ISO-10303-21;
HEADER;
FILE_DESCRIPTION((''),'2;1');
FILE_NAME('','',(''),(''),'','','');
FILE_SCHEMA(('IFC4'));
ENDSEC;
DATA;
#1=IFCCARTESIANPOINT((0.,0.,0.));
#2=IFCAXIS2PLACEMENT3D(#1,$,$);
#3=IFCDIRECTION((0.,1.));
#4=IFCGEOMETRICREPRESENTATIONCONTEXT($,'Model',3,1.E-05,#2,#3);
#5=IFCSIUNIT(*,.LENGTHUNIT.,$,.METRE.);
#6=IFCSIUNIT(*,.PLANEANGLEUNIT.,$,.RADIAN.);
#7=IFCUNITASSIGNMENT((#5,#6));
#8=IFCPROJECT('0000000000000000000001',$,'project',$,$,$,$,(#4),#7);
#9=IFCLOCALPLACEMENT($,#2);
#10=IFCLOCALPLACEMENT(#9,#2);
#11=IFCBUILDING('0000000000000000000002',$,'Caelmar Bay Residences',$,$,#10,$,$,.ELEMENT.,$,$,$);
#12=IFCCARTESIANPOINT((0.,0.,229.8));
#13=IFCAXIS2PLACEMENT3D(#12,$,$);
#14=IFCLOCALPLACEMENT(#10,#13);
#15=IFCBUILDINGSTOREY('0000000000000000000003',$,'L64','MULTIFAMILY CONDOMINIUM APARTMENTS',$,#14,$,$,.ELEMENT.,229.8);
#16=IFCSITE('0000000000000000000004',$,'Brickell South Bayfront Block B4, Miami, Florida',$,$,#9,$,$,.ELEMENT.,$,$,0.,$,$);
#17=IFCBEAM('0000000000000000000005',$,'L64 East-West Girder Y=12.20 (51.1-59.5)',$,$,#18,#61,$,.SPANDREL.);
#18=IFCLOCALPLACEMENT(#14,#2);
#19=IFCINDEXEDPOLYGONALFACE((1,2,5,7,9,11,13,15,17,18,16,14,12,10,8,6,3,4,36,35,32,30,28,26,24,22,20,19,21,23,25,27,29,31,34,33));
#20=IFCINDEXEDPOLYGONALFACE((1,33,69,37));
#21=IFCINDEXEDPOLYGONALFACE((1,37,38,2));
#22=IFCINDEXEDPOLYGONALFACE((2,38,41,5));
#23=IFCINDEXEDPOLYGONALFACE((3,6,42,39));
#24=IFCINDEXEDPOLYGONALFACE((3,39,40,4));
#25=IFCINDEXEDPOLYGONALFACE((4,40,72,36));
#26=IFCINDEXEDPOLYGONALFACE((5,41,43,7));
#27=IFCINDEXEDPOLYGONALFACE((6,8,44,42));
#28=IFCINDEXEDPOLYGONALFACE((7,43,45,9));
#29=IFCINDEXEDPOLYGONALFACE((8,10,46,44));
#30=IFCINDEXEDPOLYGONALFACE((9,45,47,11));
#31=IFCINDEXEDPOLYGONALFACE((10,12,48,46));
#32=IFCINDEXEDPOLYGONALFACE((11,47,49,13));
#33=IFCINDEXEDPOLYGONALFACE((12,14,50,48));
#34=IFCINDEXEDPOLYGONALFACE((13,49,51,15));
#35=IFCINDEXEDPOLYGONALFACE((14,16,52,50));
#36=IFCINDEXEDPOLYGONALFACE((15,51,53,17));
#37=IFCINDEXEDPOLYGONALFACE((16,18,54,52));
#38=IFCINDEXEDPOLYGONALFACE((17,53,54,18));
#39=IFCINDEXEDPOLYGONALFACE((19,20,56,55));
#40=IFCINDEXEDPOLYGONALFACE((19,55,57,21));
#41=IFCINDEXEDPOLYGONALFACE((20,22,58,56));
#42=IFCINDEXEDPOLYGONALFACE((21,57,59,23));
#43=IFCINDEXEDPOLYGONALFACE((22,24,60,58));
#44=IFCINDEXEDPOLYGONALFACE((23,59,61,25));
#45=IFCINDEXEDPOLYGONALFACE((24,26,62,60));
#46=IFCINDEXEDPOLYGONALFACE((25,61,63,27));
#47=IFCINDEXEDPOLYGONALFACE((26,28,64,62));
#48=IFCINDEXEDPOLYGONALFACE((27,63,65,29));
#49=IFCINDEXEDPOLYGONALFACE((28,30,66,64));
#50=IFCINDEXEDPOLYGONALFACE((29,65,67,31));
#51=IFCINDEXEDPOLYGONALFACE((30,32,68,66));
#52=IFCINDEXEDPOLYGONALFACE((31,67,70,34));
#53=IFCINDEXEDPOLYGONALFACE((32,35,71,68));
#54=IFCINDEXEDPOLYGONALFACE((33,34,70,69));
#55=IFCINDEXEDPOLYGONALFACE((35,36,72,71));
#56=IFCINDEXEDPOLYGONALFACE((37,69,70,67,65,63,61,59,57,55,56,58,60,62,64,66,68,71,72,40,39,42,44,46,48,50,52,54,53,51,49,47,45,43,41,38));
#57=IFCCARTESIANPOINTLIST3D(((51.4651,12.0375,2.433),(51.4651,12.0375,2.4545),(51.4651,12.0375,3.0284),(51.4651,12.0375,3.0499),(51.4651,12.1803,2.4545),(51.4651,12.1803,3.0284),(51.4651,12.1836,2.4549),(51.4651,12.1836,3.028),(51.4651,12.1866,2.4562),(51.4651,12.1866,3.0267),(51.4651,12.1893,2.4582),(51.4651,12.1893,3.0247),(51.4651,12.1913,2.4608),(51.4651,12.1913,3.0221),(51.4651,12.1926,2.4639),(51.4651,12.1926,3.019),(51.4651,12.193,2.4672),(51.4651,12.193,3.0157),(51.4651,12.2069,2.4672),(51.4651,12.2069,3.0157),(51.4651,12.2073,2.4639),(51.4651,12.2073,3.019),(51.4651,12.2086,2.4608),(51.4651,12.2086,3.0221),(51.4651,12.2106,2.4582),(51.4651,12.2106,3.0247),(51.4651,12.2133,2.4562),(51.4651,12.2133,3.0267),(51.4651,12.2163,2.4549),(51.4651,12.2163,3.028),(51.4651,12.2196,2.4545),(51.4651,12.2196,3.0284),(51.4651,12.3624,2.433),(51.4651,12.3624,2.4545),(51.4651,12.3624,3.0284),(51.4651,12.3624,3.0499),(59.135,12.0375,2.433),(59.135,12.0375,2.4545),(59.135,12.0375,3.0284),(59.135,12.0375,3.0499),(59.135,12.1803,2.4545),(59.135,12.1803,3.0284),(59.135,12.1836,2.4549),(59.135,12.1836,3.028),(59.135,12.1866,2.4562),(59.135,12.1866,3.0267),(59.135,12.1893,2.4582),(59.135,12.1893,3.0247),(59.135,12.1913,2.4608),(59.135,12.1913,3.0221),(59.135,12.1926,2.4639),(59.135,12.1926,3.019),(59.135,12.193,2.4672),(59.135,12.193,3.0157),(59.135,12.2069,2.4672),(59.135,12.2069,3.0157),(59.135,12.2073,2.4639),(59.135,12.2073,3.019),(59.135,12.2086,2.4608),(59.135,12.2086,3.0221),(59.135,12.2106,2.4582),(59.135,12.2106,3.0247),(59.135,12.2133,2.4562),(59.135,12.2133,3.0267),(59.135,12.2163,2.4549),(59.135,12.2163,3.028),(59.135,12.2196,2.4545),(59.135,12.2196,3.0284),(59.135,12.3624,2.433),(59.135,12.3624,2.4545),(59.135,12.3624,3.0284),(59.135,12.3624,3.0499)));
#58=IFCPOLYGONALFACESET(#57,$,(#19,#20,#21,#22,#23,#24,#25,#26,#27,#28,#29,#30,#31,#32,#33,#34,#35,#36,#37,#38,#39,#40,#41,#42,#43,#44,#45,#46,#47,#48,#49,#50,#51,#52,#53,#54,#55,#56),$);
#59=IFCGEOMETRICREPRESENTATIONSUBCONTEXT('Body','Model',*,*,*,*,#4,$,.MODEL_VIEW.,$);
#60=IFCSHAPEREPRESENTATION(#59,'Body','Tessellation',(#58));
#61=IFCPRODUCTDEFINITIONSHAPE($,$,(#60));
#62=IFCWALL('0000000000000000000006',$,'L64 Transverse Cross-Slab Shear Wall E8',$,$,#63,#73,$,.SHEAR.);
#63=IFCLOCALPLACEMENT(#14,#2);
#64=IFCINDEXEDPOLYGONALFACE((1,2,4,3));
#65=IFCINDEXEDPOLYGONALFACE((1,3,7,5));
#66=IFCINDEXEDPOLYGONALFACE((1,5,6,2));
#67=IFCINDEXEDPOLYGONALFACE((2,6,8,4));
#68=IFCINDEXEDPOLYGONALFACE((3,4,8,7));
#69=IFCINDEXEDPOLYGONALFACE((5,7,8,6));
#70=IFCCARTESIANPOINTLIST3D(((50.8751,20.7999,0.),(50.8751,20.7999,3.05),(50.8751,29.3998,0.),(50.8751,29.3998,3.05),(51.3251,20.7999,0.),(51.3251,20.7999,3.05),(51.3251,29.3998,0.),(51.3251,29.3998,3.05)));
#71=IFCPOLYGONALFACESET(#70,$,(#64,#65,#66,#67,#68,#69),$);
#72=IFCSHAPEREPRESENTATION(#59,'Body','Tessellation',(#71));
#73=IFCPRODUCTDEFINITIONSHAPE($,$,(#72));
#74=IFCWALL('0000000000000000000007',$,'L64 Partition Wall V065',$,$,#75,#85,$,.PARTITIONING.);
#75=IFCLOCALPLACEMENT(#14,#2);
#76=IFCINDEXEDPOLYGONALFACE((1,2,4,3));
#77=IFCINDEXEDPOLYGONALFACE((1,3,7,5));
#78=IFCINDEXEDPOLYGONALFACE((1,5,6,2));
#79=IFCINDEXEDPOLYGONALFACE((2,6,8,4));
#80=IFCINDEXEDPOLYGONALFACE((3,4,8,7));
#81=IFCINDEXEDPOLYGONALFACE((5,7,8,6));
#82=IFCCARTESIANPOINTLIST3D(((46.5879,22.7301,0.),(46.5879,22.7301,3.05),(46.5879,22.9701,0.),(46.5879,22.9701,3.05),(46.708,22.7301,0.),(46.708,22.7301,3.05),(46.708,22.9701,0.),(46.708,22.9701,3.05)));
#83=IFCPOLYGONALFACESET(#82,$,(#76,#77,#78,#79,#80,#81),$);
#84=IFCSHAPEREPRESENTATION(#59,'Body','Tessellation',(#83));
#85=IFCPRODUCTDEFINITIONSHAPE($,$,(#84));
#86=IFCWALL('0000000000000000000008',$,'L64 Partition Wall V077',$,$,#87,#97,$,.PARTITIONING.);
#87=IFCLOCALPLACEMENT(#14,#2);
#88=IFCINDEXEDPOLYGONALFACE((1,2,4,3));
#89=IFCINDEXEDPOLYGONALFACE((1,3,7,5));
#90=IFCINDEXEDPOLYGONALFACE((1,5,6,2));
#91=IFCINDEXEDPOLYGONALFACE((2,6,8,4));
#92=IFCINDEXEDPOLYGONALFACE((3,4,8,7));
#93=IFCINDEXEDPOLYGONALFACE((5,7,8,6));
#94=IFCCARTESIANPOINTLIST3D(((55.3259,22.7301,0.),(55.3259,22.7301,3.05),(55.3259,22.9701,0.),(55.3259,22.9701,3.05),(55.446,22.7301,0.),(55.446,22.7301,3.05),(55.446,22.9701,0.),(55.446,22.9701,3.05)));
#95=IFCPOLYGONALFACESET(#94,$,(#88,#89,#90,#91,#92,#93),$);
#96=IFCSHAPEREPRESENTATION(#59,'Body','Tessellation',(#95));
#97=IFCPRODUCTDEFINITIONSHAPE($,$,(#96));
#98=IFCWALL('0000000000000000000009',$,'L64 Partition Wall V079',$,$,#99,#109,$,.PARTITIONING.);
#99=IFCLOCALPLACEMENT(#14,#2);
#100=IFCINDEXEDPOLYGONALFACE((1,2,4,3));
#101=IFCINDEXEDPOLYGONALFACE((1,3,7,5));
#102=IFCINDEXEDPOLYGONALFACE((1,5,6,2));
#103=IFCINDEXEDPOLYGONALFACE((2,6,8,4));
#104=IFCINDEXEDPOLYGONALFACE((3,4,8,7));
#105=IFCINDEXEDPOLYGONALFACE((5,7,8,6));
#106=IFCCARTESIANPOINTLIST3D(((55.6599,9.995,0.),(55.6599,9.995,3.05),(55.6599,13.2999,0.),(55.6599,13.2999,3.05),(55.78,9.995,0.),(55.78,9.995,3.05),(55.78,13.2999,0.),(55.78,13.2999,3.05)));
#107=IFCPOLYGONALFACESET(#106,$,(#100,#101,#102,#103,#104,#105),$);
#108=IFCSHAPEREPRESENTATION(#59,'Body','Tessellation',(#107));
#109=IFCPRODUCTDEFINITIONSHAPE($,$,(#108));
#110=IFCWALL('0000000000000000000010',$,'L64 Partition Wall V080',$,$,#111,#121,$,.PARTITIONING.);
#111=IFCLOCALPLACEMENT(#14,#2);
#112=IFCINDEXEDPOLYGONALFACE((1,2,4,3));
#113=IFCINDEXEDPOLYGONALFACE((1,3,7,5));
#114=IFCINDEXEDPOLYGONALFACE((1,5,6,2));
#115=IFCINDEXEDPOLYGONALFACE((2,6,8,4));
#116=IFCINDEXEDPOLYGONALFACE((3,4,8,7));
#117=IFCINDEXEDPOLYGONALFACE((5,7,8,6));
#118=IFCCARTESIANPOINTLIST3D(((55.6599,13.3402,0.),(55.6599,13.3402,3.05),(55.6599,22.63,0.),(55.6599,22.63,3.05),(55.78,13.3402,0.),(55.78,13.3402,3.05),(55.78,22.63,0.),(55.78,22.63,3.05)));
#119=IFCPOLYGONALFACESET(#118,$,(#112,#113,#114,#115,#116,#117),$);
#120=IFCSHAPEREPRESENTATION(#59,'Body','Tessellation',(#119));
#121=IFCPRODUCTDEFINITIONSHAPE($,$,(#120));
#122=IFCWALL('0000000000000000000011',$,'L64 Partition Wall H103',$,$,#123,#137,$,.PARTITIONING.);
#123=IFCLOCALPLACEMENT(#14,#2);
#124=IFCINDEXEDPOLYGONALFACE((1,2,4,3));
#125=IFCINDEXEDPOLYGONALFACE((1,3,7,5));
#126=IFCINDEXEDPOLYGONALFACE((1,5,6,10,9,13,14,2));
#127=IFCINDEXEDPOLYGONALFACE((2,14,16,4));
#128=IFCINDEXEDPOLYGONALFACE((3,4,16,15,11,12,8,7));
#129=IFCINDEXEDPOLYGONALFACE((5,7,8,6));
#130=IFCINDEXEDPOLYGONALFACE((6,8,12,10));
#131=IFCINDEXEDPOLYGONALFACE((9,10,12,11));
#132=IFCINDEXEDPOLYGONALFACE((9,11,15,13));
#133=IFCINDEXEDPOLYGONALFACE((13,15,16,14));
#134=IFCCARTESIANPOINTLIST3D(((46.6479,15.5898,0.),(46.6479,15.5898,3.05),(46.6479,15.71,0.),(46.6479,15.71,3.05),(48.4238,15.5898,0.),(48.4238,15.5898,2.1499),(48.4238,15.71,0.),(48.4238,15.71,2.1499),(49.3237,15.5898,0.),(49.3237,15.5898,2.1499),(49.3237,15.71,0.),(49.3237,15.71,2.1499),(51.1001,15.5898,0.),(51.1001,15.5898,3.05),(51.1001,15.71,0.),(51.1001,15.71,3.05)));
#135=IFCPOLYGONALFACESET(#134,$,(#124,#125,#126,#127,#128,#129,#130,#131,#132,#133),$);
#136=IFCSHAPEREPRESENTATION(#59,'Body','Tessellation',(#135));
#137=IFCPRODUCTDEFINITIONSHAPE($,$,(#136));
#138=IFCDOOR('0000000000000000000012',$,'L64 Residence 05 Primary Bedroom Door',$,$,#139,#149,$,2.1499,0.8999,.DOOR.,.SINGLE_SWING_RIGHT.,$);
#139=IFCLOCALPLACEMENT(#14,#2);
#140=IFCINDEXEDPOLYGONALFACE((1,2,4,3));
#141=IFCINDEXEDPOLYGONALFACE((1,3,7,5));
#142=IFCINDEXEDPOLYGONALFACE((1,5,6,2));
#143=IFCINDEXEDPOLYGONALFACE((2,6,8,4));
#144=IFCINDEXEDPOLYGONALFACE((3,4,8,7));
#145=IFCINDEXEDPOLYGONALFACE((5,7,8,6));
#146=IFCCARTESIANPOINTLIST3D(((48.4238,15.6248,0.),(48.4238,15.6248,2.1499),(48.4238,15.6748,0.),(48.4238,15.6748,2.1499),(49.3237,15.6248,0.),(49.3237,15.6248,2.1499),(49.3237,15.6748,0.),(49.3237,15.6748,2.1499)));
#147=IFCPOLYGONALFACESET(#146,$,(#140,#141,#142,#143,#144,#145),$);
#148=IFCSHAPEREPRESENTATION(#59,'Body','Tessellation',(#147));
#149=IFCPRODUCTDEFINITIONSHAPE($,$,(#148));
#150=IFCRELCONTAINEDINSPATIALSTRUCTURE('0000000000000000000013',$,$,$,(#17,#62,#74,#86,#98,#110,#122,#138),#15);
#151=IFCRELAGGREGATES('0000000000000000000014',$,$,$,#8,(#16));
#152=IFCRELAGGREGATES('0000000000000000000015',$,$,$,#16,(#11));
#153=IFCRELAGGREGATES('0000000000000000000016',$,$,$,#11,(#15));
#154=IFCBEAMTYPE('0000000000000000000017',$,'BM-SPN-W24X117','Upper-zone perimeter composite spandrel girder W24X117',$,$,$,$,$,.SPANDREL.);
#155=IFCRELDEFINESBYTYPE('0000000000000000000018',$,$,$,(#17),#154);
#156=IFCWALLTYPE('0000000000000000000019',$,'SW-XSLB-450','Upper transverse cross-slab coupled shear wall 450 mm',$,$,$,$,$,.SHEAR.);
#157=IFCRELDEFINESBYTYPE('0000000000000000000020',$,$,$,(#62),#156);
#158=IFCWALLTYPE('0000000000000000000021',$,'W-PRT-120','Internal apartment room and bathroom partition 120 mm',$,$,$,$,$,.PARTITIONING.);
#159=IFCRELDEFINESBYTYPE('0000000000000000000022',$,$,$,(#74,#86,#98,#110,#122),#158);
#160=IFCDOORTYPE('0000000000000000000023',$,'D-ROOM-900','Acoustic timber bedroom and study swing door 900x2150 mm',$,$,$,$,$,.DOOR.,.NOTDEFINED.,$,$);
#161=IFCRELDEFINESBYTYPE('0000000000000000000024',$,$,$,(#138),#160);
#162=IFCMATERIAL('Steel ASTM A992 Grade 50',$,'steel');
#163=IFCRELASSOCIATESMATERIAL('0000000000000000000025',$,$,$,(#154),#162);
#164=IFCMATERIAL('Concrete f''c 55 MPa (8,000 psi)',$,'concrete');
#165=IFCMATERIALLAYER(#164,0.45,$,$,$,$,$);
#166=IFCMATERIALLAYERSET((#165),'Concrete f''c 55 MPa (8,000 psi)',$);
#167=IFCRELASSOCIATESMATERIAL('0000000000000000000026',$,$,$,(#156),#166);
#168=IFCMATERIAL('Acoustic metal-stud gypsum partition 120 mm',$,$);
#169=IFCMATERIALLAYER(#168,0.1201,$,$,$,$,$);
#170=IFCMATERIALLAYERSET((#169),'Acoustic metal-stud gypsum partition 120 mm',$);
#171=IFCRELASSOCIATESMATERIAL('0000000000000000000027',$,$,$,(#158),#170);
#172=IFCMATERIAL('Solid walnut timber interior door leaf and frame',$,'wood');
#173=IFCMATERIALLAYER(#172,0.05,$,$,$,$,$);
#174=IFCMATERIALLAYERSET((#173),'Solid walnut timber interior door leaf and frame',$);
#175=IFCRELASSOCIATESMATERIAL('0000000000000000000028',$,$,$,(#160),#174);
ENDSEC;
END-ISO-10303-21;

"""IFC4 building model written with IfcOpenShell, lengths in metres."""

from ifc_helpers import new_model, si_unit, direction, frame, frame_2d, origin, origin_2d, place, context, subcontext, project, spatial, rectangle, i_section, extrude, material, layer, layer_set, material_profile, profile_set, type_object, element, fill, save


model = new_model("IFC4")

# Units and contexts
model_context = context("Model", 3, precision=1e-05, world=origin(), true_north=direction((0.0, 1.0)))
body_context = subcontext(model_context, "Body", "Model", "MODEL_VIEW")
ifc_project = project(units=[si_unit("LENGTHUNIT", "METRE"), si_unit("PLANEANGLEUNIT", "RADIAN")], contexts=[model_context])

# Site, building, storey
site_placement = place(None, origin())
site = spatial("IfcSite", under=ifc_project, at=site_placement, Name="Brickell South Bayfront Block B4, Miami, Florida", CompositionType="ELEMENT", RefElevation=0.0)
building_placement = place(site_placement, origin())
building = spatial("IfcBuilding", under=site, at=building_placement, Name="Caelmar Bay Residences", CompositionType="ELEMENT")
storey_placement = place(building_placement, frame((0.0, 0.0, 229.8)))
storey = spatial("IfcBuildingStorey", under=building, at=storey_placement, Name="L64", Description="MULTIFAMILY CONDOMINIUM APARTMENTS", CompositionType="ELEMENT", Elevation=229.8)

# Shared definitions
ifc_material_1 = material(Name="Concrete f'c 55 MPa (8,000 psi)", Category="concrete")

# Beam
ifc_material_2 = material(Name="Steel ASTM A992 Grade 50", Category="steel")
ifc_material_profile_1 = material_profile(ifc_material_2, i_section(OverallWidth=0.325, OverallDepth=0.6169, WebThickness=0.0139, FlangeThickness=0.0215, FilletRadius=0.0127, at=origin_2d()), Name="W24X117")
ifc_profile_set_1 = profile_set([ifc_material_profile_1], Name="Steel ASTM A992 Grade 50")
beam_type_1 = type_object("IfcBeamType", Name="BM-SPN-W24X117", Description="Upper-zone perimeter composite spandrel girder W24X117", PredefinedType="SPANDREL", material=ifc_profile_set_1)
beam_1_placement = place(storey_placement, frame((51.4651, 12.2, 2.7415), z_axis=(1.0, 0.0, 0.0), x_axis=(0.0, 1.0, 0.0)))
element("IfcBeam", 1, at=beam_1_placement, inside=storey, type_object=beam_type_1, Name="L64 East-West Girder Y=12.20 (51.1-59.5)", PredefinedType="SPANDREL", context=body_context, shape_type="SweptSolid", body=[
    extrude(i_section(OverallWidth=0.325, OverallDepth=0.6169, WebThickness=0.0139, FlangeThickness=0.0215, FilletRadius=0.0127, at=origin_2d()), origin(), (0.0, 0.0, 1.0), 7.6699),
])

# Walls
ifc_layer_1 = layer(ifc_material_1, 0.45)
ifc_layer_set_1 = layer_set([ifc_layer_1], Name="Concrete f'c 55 MPa (8,000 psi)")
wall_type_1 = type_object("IfcWallType", Name="SW-XSLB-450", Description="Upper transverse cross-slab coupled shear wall 450 mm", PredefinedType="SHEAR", material=ifc_layer_set_1)
wall_1_placement = place(storey_placement, frame((51.1001, 20.8, 0.0), z_axis=(0.0, 0.0, 1.0), x_axis=(0.0, 1.0, 0.0)))
element("IfcWall", 2, at=wall_1_placement, inside=storey, type_object=wall_type_1, Name="L64 Transverse Cross-Slab Shear Wall E8", PredefinedType="SHEAR", context=body_context, shape_type="SweptSolid", body=[
    extrude(rectangle(XDim=8.5999, YDim=0.45, at=frame_2d((4.2998, 0.0))), origin(), (0.0, 0.0, 1.0), 3.05),
])
ifc_material_3 = material(Name="Acoustic metal-stud gypsum partition 120 mm")
ifc_layer_2 = layer(ifc_material_3, 0.1201)
ifc_layer_set_2 = layer_set([ifc_layer_2], Name="Acoustic metal-stud gypsum partition 120 mm")
wall_type_2 = type_object("IfcWallType", Name="W-PRT-120", Description="Internal apartment room and bathroom partition 120 mm", PredefinedType="PARTITIONING", material=ifc_layer_set_2)
for number, where, z_axis, x_axis, name in (
    (3, (46.6479, 22.73, 0.0), (0.0, 0.0, 1.0), (0.0, 1.0, 0.0), "L64 Partition Wall V065"),
    (4, (55.386, 22.73, 0.0), (0.0, 0.0, 1.0), (0.0, 1.0, 0.0), "L64 Partition Wall V077"),
):
    element("IfcWall", number, at=place(storey_placement, frame(where, z_axis=z_axis, x_axis=x_axis)), inside=storey, type_object=wall_type_2, Name=name, PredefinedType="PARTITIONING", context=body_context, shape_type="SweptSolid", body=[
        extrude(rectangle(XDim=0.24, YDim=0.1201, at=frame_2d((0.1201, 0.0))), origin(), (0.0, 0.0, 1.0), 3.05),
    ])
wall_2_placement = place(storey_placement, frame((55.72, 9.9951, 0.0), z_axis=(0.0, 0.0, 1.0), x_axis=(0.0, 1.0, 0.0)))
element("IfcWall", 5, at=wall_2_placement, inside=storey, type_object=wall_type_2, Name="L64 Partition Wall V079", PredefinedType="PARTITIONING", context=body_context, shape_type="SweptSolid", body=[
    extrude(rectangle(XDim=3.3049, YDim=0.1201, at=frame_2d((1.6523, 0.0))), origin(), (0.0, 0.0, 1.0), 3.05),
])
wall_3_placement = place(storey_placement, frame((55.72, 13.3401, 0.0), z_axis=(0.0, 0.0, 1.0), x_axis=(0.0, 1.0, 0.0)))
element("IfcWall", 6, at=wall_3_placement, inside=storey, type_object=wall_type_2, Name="L64 Partition Wall V080", PredefinedType="PARTITIONING", context=body_context, shape_type="SweptSolid", body=[
    extrude(rectangle(XDim=9.2898, YDim=0.1201, at=frame_2d((4.645, 0.0))), origin(), (0.0, 0.0, 1.0), 3.05),
])

# Wall, opening, door
wall_4_placement = place(storey_placement, frame((46.6479, 15.6499, 0.0), z_axis=(0.0, 0.0, 1.0), x_axis=(1.0, 0.0, 0.0)))
wall_4 = element("IfcWall", 7, at=wall_4_placement, inside=storey, type_object=wall_type_2, Name="L64 Partition Wall H103", PredefinedType="PARTITIONING", context=body_context, shape_type="SweptSolid", body=[
    extrude(rectangle(XDim=4.4521, YDim=0.1201, at=frame_2d((2.2261, 0.0))), origin(), (0.0, 0.0, 1.0), 3.05),
])
opening_1_placement = place(wall_4_placement, frame((1.7759, 0.0, 0.0)))
opening_1 = element("IfcOpeningElement", 8, at=opening_1_placement, cuts=wall_4, PredefinedType="OPENING", context=body_context, shape_type="SweptSolid", body=[
    extrude(rectangle(XDim=0.8999, YDim=2.1499, at=frame_2d((0.45, 1.075))), frame((0.0, 0.0701, 0.0), z_axis=(0.0, -1.0, 0.0), x_axis=(1.0, 0.0, 0.0)), (0.0, 0.0, 1.0), 0.1401),
])
ifc_material_4 = material(Name="Solid walnut timber interior door leaf and frame", Category="wood")
ifc_layer_3 = layer(ifc_material_4, 0.05)
ifc_layer_set_3 = layer_set([ifc_layer_3], Name="Solid walnut timber interior door leaf and frame")
door_type = type_object("IfcDoorType", Name="D-ROOM-900", Description="Acoustic timber bedroom and study swing door 900x2150 mm", OperationType="NOTDEFINED", PredefinedType="DOOR", material=ifc_layer_set_3)
door_1_placement = place(opening_1_placement, origin())
door_1 = element("IfcDoor", 9, at=door_1_placement, inside=storey, type_object=door_type, Name="L64 Residence 05 Primary Bedroom Door", OperationType="SINGLE_SWING_RIGHT", OverallHeight=2.1499, OverallWidth=0.8999, PredefinedType="DOOR", context=body_context, shape_type="SweptSolid", body=[
    extrude(rectangle(XDim=0.8999, YDim=2.1499, at=frame_2d((0.45, 1.075))), frame((0.0, 0.0249, 0.0), z_axis=(0.0, -1.0, 0.0), x_axis=(1.0, 0.0, 0.0)), (0.0, 0.0, 1.0), 0.05),
])
fill(opening_1, door_1)

save(model, "model.ifc")
